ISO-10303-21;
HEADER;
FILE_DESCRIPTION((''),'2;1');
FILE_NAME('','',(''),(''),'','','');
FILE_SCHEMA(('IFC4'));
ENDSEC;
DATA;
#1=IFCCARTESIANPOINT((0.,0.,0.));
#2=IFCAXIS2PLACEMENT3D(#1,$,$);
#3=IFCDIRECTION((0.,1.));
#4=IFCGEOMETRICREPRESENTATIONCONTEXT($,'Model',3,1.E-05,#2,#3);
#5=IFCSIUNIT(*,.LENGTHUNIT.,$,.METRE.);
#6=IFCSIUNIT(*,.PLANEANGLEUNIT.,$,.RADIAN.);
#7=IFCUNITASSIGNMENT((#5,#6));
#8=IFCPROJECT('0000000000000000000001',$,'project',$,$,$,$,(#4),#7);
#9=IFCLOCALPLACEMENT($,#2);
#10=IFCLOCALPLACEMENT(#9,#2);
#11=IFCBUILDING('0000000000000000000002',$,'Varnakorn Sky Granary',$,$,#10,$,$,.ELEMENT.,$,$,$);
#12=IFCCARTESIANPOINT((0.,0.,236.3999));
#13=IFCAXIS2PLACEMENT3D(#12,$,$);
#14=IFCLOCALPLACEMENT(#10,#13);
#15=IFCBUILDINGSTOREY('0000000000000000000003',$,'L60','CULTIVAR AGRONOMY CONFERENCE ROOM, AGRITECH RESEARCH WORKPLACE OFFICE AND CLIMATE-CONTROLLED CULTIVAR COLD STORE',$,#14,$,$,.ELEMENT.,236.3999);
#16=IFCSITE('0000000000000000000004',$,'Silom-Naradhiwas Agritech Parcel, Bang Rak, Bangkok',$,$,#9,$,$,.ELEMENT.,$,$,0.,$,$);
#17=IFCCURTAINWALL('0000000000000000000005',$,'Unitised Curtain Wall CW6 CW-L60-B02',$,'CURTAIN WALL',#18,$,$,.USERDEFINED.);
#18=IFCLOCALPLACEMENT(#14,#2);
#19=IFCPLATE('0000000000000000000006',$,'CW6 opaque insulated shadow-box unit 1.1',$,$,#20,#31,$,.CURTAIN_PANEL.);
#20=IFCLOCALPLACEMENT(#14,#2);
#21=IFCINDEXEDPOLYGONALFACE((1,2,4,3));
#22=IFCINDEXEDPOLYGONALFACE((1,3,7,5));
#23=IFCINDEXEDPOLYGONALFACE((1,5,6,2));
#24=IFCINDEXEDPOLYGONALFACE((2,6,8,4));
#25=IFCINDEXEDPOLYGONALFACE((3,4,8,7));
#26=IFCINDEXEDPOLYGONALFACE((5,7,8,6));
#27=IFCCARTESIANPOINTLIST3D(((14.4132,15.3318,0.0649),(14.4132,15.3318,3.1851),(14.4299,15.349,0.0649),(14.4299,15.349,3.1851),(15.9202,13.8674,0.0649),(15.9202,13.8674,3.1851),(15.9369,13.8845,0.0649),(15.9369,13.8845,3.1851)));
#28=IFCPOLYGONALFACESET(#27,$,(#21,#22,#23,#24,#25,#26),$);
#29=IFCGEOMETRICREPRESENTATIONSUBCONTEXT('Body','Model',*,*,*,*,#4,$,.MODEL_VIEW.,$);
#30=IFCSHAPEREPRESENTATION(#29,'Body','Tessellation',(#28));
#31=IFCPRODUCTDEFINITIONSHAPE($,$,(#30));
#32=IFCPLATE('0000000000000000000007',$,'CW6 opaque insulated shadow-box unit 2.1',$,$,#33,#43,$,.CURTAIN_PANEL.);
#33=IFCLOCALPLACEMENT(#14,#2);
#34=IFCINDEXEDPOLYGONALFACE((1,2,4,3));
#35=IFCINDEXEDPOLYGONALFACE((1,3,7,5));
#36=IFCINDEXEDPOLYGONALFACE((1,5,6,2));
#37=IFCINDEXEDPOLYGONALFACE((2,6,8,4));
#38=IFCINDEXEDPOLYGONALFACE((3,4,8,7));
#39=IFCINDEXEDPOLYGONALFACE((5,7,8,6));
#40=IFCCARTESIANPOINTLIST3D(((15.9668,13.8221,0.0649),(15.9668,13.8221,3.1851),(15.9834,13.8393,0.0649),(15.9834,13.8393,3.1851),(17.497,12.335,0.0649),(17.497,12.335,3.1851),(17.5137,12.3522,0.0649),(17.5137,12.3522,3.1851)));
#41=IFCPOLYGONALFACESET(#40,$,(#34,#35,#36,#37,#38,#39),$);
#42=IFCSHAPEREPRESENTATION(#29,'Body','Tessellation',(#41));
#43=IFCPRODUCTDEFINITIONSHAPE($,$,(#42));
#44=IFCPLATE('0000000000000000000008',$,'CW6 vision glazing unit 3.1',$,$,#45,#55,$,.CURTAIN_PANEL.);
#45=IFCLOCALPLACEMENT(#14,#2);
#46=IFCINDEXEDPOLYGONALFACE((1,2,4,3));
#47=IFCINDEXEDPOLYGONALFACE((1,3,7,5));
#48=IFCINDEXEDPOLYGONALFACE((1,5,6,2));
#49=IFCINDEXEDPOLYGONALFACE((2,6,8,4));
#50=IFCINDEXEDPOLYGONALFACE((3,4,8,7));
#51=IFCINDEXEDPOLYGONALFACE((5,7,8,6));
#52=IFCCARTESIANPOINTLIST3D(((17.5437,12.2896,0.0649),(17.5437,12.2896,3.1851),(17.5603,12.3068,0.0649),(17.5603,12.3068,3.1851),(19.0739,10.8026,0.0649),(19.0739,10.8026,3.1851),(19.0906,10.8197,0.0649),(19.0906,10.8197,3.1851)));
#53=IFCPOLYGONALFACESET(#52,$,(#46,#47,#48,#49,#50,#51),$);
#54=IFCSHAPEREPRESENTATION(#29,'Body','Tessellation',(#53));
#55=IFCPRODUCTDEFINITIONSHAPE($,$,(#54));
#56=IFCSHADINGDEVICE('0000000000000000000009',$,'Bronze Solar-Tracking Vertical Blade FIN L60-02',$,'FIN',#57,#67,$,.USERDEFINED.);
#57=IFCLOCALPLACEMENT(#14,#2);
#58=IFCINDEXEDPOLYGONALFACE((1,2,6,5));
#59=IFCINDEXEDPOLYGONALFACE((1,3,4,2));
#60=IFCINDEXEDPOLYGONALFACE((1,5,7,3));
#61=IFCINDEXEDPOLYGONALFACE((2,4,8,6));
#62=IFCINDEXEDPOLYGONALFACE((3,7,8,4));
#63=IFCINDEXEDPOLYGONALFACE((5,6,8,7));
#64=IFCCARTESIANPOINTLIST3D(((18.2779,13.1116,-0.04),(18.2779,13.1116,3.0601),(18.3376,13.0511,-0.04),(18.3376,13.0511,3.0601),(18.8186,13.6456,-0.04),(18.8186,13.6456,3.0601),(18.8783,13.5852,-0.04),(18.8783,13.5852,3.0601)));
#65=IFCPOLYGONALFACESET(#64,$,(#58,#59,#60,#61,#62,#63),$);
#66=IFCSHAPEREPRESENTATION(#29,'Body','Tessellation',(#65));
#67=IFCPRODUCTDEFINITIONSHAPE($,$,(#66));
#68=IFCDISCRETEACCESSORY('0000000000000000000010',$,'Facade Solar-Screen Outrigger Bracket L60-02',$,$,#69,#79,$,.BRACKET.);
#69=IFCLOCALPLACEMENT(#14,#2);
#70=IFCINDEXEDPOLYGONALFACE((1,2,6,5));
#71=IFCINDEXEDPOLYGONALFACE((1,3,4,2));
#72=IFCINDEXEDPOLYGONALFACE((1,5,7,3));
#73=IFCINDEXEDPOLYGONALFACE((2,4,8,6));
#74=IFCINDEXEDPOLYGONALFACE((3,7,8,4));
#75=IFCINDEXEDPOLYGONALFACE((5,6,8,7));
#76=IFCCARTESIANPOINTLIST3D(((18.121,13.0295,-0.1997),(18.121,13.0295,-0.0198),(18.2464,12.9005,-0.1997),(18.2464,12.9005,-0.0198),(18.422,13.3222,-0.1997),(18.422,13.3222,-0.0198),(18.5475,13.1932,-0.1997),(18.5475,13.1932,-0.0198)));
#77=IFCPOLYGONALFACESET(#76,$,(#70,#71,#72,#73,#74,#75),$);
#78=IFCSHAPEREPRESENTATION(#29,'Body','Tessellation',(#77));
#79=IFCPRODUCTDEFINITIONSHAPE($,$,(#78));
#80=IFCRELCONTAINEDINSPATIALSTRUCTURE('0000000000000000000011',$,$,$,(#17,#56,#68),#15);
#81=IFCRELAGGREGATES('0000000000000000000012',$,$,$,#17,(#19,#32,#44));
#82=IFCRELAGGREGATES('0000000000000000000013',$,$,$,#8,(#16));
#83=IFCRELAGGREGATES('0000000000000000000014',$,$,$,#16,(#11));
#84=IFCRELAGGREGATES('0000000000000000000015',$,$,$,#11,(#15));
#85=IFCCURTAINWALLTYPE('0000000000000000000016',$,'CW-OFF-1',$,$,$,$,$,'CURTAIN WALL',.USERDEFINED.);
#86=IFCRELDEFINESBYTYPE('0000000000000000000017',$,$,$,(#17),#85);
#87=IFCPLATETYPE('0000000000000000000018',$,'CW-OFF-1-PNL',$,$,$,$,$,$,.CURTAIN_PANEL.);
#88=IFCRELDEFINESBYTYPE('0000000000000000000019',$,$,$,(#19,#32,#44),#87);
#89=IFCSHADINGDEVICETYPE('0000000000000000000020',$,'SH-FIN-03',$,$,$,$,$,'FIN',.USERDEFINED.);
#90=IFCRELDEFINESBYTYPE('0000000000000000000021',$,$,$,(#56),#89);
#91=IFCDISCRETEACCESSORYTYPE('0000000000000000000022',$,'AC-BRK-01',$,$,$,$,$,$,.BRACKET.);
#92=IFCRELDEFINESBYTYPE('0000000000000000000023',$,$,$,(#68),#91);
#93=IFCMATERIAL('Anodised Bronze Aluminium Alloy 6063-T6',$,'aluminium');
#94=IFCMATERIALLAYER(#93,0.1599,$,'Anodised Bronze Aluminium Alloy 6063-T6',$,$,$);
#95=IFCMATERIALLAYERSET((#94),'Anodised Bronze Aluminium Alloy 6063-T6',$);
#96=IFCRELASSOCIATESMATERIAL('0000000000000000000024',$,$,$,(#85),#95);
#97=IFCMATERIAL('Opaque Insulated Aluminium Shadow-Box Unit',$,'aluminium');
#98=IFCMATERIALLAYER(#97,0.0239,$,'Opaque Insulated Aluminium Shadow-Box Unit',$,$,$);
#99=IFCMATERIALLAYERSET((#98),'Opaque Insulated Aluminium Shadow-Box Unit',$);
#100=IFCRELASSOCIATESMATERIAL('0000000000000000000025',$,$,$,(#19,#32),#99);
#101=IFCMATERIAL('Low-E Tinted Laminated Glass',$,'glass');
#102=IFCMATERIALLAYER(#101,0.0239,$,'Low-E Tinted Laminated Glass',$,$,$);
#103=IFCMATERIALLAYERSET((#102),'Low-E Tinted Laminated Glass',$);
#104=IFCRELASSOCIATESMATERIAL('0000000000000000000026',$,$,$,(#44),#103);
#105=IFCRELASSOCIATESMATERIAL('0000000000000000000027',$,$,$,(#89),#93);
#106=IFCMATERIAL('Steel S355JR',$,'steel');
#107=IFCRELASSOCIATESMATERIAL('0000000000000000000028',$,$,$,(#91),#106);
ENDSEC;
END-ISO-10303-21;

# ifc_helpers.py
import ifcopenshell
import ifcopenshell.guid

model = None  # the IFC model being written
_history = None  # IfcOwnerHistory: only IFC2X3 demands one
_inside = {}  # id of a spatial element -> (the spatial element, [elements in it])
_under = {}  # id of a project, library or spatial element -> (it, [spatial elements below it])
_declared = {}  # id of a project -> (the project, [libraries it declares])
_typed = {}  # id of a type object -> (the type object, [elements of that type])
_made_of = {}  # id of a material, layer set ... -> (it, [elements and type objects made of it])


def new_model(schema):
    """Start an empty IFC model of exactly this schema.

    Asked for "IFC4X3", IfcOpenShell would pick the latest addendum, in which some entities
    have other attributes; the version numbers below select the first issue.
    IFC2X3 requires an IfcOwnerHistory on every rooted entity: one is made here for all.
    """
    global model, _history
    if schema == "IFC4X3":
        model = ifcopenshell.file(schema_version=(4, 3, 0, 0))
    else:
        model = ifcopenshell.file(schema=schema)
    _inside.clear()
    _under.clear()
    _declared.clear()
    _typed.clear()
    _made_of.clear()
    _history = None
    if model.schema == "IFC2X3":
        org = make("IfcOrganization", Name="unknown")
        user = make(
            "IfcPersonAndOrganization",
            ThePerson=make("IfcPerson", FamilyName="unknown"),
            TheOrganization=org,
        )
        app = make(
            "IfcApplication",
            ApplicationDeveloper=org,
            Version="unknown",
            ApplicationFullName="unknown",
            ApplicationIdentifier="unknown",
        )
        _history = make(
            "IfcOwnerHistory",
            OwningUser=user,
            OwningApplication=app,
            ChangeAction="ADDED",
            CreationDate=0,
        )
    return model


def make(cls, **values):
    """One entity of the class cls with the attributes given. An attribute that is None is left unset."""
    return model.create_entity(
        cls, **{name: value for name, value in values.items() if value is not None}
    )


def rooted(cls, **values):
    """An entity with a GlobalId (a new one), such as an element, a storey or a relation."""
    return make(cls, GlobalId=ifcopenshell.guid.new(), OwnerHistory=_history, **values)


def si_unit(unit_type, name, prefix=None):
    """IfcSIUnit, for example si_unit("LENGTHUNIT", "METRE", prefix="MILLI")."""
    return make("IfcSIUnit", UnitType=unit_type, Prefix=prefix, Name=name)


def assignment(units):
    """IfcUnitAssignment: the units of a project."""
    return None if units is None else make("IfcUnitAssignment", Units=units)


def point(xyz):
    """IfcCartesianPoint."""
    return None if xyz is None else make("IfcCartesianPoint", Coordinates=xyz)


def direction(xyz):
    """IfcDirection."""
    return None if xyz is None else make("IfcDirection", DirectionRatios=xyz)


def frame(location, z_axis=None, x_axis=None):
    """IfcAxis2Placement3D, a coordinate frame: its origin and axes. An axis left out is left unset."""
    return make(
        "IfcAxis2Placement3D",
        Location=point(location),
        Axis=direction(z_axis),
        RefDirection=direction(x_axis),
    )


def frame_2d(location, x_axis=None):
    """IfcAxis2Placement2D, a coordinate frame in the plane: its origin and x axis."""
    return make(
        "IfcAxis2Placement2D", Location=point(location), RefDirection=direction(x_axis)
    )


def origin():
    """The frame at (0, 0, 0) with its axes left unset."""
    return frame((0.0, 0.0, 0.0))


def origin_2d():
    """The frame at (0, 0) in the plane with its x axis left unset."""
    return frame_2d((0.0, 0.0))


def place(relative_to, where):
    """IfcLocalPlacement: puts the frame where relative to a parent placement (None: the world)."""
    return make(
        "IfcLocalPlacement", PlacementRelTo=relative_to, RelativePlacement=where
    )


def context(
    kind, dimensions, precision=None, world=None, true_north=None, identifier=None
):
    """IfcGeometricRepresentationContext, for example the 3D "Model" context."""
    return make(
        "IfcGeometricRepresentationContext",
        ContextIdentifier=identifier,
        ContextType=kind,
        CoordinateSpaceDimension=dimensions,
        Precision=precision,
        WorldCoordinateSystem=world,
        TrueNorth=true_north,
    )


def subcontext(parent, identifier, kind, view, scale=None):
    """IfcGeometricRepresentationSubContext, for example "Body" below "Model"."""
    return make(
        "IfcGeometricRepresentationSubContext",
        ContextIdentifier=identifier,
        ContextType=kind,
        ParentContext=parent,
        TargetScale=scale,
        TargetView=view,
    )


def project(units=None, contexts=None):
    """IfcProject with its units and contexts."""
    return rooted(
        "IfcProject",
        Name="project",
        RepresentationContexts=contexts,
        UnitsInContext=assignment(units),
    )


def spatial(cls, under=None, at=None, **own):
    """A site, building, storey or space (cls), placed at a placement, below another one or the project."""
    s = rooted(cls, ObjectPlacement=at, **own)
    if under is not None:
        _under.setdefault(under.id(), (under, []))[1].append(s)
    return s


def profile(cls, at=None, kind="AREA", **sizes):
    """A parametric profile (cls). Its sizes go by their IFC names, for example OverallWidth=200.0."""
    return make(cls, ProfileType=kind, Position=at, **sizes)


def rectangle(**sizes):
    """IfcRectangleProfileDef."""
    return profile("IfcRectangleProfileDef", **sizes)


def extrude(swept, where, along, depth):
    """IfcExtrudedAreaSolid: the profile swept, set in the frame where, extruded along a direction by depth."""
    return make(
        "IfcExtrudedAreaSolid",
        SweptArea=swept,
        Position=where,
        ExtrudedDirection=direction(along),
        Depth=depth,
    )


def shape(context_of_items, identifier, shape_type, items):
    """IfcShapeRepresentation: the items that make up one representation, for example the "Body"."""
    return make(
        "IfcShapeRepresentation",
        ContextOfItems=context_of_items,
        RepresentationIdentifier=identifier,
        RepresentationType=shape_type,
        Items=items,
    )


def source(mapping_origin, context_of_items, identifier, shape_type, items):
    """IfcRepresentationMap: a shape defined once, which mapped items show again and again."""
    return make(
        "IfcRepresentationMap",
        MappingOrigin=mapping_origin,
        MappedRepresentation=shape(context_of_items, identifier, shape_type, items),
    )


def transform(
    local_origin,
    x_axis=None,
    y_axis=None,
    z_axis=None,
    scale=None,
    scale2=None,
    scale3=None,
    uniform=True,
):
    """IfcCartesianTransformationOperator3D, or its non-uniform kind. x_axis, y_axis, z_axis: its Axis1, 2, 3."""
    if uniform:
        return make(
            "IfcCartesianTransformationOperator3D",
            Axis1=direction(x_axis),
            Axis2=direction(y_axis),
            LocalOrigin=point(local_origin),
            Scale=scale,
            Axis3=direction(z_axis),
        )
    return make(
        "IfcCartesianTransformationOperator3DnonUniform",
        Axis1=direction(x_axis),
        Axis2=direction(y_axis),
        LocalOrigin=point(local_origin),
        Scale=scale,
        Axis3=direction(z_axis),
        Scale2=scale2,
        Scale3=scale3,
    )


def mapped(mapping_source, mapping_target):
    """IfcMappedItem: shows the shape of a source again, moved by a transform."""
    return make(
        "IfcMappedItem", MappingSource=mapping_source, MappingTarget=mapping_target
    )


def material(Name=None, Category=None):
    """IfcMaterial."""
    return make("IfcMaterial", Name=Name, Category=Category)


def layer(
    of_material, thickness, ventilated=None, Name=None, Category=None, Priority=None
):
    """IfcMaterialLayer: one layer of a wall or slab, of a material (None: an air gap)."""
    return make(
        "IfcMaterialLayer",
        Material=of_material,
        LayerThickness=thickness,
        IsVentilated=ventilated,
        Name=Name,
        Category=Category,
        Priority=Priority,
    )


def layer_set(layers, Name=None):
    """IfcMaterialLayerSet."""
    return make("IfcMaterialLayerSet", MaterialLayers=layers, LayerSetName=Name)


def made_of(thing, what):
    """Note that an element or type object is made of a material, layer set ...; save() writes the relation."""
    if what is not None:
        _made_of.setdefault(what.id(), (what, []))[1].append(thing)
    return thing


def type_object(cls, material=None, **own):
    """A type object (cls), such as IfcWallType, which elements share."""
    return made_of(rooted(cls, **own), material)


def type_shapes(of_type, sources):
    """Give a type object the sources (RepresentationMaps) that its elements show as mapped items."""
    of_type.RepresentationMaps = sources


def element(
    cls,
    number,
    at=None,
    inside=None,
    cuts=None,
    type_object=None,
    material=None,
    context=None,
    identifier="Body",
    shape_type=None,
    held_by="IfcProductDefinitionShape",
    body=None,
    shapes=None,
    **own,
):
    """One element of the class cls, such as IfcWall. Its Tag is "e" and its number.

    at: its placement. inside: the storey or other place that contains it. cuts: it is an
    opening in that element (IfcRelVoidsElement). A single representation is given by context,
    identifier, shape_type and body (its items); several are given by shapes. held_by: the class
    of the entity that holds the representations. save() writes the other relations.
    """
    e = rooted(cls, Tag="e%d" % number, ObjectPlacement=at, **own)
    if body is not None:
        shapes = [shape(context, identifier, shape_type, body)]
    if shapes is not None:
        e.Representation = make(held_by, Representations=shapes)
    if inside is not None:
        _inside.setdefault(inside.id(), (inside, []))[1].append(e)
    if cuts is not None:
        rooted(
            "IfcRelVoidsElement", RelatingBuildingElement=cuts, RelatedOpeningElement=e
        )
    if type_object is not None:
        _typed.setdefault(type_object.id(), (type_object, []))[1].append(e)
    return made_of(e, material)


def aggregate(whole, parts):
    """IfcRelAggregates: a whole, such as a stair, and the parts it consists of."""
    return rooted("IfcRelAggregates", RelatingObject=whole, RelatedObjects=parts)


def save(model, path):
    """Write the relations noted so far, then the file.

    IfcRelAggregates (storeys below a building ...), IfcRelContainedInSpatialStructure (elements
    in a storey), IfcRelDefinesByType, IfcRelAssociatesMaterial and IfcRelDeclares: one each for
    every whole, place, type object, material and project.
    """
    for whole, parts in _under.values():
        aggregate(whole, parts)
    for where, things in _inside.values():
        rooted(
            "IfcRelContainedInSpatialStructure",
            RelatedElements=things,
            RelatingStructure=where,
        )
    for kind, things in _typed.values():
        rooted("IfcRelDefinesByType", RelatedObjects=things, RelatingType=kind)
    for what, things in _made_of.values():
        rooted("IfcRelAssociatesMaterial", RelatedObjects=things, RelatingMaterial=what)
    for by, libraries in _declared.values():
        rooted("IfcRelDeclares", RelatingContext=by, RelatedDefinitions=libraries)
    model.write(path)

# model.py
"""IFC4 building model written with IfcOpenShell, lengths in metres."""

from ifc_helpers import new_model, si_unit, direction, frame, origin, origin_2d, place, context, subcontext, project, spatial, rectangle, extrude, source, transform, mapped, material, layer, layer_set, type_object, type_shapes, element, aggregate, save


model = new_model("IFC4")

# Units and contexts
model_context = context("Model", 3, precision=1e-05, world=origin(), true_north=direction((0.0, 1.0)))
body_context = subcontext(model_context, "Body", "Model", "MODEL_VIEW")
ifc_project = project(units=[si_unit("LENGTHUNIT", "METRE"), si_unit("PLANEANGLEUNIT", "RADIAN")], contexts=[model_context])

# Site, building, storey
site_placement = place(None, origin())
site = spatial("IfcSite", under=ifc_project, at=site_placement, Name="Silom-Naradhiwas Agritech Parcel, Bang Rak, Bangkok", CompositionType="ELEMENT", RefElevation=0.0)
building_placement = place(site_placement, origin())
building = spatial("IfcBuilding", under=site, at=building_placement, Name="Varnakorn Sky Granary", CompositionType="ELEMENT")
storey_placement = place(building_placement, frame((0.0, 0.0, 236.3999)))
storey = spatial("IfcBuildingStorey", under=building, at=storey_placement, Name="L60", Description="CULTIVAR AGRONOMY CONFERENCE ROOM, AGRITECH RESEARCH WORKPLACE OFFICE AND CLIMATE-CONTROLLED CULTIVAR COLD STORE", CompositionType="ELEMENT", Elevation=236.3999)

# Shared definitions
ifc_material_1 = material(Name="Steel S355JR", Category="steel")

# Curtain wall
ifc_material_2 = material(Name="Anodised Bronze Aluminium Alloy 6063-T6", Category="aluminium")
ifc_layer_1 = layer(ifc_material_2, 0.1599, Name="Anodised Bronze Aluminium Alloy 6063-T6")
ifc_layer_set_1 = layer_set([ifc_layer_1], Name="Anodised Bronze Aluminium Alloy 6063-T6")
curtain_wall_type = type_object("IfcCurtainWallType", Name="CW-OFF-1", ElementType="CURTAIN WALL", PredefinedType="USERDEFINED", material=ifc_layer_set_1)
curtain_wall_placement = place(storey_placement, origin())
curtain_wall = element("IfcCurtainWall", 1, at=curtain_wall_placement, inside=storey, type_object=curtain_wall_type, Name="Unitised Curtain Wall CW6 CW-L60-B02", ObjectType="CURTAIN WALL", PredefinedType="USERDEFINED")

# Plates
ifc_material_3 = material(Name="Opaque Insulated Aluminium Shadow-Box Unit", Category="aluminium")
ifc_layer_2 = layer(ifc_material_3, 0.0239, Name="Opaque Insulated Aluminium Shadow-Box Unit")
ifc_layer_set_2 = layer_set([ifc_layer_2], Name="Opaque Insulated Aluminium Shadow-Box Unit")
plate_type_1 = type_object("IfcPlateType", Name="CW-OFF-1-PNL", PredefinedType="CURTAIN_PANEL")
shared_shape_1 = source(origin(), body_context, "Body", "SweptSolid", [
    extrude(rectangle(XDim=2.1013, YDim=0.0239, at=origin_2d()), origin(), (0.0, 0.0, 1.0), 3.1201),
])
plate_1_placement = place(storey_placement, frame((15.175, 14.6082, 0.0649), z_axis=(0.0, 0.0, 1.0), x_axis=(0.717154, -0.696915, 0.0)))
plate_1 = element("IfcPlate", 2, at=plate_1_placement, type_object=plate_type_1, material=ifc_layer_set_2, Name="CW6 opaque insulated shadow-box unit 1.1", PredefinedType="CURTAIN_PANEL", context=body_context, shape_type="MappedRepresentation", body=[
    mapped(shared_shape_1, transform((0.0, 0.0, 0.0), x_axis=(1.0, 0.0, 0.0), y_axis=(0.0, 1.0, 0.0), z_axis=(0.0, 0.0, 1.0), scale=1.0)),
])
shared_shape_2 = source(origin(), body_context, "Body", "SweptSolid", [
    extrude(rectangle(XDim=2.1338, YDim=0.0239, at=origin_2d()), origin(), (0.0, 0.0, 1.0), 3.1201),
])
type_shapes(plate_type_1, [shared_shape_1, shared_shape_2])
plate_2_placement = place(storey_placement, frame((16.7402, 13.0872, 0.0649), z_axis=(0.0, 0.0, 1.0), x_axis=(0.717154, -0.696915, 0.0)))
plate_2 = element("IfcPlate", 3, at=plate_2_placement, type_object=plate_type_1, material=ifc_layer_set_2, Name="CW6 opaque insulated shadow-box unit 2.1", PredefinedType="CURTAIN_PANEL", context=body_context, shape_type="MappedRepresentation", body=[
    mapped(shared_shape_2, transform((0.0, 0.0, 0.0), x_axis=(1.0, 0.0, 0.0), y_axis=(0.0, 1.0, 0.0), z_axis=(0.0, 0.0, 1.0), scale=1.0)),
])
ifc_material_4 = material(Name="Low-E Tinted Laminated Glass", Category="glass")
ifc_layer_3 = layer(ifc_material_4, 0.0239, Name="Low-E Tinted Laminated Glass")
ifc_layer_set_3 = layer_set([ifc_layer_3], Name="Low-E Tinted Laminated Glass")
plate_3_placement = place(storey_placement, frame((18.3171, 11.5547, 0.0649), z_axis=(0.0, 0.0, 1.0), x_axis=(0.717154, -0.696915, 0.0)))
plate_3 = element("IfcPlate", 4, at=plate_3_placement, type_object=plate_type_1, material=ifc_layer_set_3, Name="CW6 vision glazing unit 3.1", PredefinedType="CURTAIN_PANEL", context=body_context, shape_type="MappedRepresentation", body=[
    mapped(shared_shape_2, transform((0.0, 0.0, 0.0), x_axis=(1.0, 0.0, 0.0), y_axis=(0.0, 1.0, 0.0), z_axis=(0.0, 0.0, 1.0), scale=1.0)),
])
aggregate(curtain_wall, [plate_1, plate_2, plate_3])

# Shading device
shading_device_type = type_object("IfcShadingDeviceType", Name="SH-FIN-03", ElementType="FIN", PredefinedType="USERDEFINED", material=ifc_material_2)
shared_shape_3 = source(origin(), body_context, "Body", "SweptSolid", [
    extrude(rectangle(XDim=0.085, YDim=0.76, at=origin_2d()), origin(), (0.0, 0.0, 1.0), 3.1001),
])
type_shapes(shading_device_type, [shared_shape_3])
shading_device_placement = place(storey_placement, frame((18.5781, 13.3484, -0.04), z_axis=(0.0, 0.0, 1.0), x_axis=(-0.702715, 0.711472, 0.0)))
element("IfcShadingDevice", 5, at=shading_device_placement, inside=storey, type_object=shading_device_type, Name="Bronze Solar-Tracking Vertical Blade FIN L60-02", ObjectType="FIN", PredefinedType="USERDEFINED", context=body_context, shape_type="MappedRepresentation", body=[
    mapped(shared_shape_3, transform((0.0, 0.0, 0.0), x_axis=(1.0, 0.0, 0.0), y_axis=(0.0, 1.0, 0.0), z_axis=(0.0, 0.0, 1.0), scale=1.0)),
])

# Discrete accessory
discrete_accessory_type = type_object("IfcDiscreteAccessoryType", Name="AC-BRK-01", PredefinedType="BRACKET", material=ifc_material_1)
shared_shape_4 = source(origin(), body_context, "Body", "SweptSolid", [
    extrude(rectangle(XDim=0.1799, YDim=0.4199, at=origin_2d()), origin(), (0.0, 0.0, 1.0), 0.1799),
])
type_shapes(discrete_accessory_type, [shared_shape_4])
discrete_accessory_placement = place(storey_placement, frame((18.3342, 13.1113, -0.1997), z_axis=(0.0, 0.0, 1.0), x_axis=(-0.697122, 0.716953, 0.0)))
element("IfcDiscreteAccessory", 6, at=discrete_accessory_placement, inside=storey, type_object=discrete_accessory_type, Name="Facade Solar-Screen Outrigger Bracket L60-02", PredefinedType="BRACKET", context=body_context, shape_type="MappedRepresentation", body=[
    mapped(shared_shape_4, transform((0.0, 0.0, 0.0), x_axis=(1.0, 0.0, 0.0), y_axis=(0.0, 1.0, 0.0), z_axis=(0.0, 0.0, 1.0), scale=1.0)),
])

save(model, "model.ifc")
